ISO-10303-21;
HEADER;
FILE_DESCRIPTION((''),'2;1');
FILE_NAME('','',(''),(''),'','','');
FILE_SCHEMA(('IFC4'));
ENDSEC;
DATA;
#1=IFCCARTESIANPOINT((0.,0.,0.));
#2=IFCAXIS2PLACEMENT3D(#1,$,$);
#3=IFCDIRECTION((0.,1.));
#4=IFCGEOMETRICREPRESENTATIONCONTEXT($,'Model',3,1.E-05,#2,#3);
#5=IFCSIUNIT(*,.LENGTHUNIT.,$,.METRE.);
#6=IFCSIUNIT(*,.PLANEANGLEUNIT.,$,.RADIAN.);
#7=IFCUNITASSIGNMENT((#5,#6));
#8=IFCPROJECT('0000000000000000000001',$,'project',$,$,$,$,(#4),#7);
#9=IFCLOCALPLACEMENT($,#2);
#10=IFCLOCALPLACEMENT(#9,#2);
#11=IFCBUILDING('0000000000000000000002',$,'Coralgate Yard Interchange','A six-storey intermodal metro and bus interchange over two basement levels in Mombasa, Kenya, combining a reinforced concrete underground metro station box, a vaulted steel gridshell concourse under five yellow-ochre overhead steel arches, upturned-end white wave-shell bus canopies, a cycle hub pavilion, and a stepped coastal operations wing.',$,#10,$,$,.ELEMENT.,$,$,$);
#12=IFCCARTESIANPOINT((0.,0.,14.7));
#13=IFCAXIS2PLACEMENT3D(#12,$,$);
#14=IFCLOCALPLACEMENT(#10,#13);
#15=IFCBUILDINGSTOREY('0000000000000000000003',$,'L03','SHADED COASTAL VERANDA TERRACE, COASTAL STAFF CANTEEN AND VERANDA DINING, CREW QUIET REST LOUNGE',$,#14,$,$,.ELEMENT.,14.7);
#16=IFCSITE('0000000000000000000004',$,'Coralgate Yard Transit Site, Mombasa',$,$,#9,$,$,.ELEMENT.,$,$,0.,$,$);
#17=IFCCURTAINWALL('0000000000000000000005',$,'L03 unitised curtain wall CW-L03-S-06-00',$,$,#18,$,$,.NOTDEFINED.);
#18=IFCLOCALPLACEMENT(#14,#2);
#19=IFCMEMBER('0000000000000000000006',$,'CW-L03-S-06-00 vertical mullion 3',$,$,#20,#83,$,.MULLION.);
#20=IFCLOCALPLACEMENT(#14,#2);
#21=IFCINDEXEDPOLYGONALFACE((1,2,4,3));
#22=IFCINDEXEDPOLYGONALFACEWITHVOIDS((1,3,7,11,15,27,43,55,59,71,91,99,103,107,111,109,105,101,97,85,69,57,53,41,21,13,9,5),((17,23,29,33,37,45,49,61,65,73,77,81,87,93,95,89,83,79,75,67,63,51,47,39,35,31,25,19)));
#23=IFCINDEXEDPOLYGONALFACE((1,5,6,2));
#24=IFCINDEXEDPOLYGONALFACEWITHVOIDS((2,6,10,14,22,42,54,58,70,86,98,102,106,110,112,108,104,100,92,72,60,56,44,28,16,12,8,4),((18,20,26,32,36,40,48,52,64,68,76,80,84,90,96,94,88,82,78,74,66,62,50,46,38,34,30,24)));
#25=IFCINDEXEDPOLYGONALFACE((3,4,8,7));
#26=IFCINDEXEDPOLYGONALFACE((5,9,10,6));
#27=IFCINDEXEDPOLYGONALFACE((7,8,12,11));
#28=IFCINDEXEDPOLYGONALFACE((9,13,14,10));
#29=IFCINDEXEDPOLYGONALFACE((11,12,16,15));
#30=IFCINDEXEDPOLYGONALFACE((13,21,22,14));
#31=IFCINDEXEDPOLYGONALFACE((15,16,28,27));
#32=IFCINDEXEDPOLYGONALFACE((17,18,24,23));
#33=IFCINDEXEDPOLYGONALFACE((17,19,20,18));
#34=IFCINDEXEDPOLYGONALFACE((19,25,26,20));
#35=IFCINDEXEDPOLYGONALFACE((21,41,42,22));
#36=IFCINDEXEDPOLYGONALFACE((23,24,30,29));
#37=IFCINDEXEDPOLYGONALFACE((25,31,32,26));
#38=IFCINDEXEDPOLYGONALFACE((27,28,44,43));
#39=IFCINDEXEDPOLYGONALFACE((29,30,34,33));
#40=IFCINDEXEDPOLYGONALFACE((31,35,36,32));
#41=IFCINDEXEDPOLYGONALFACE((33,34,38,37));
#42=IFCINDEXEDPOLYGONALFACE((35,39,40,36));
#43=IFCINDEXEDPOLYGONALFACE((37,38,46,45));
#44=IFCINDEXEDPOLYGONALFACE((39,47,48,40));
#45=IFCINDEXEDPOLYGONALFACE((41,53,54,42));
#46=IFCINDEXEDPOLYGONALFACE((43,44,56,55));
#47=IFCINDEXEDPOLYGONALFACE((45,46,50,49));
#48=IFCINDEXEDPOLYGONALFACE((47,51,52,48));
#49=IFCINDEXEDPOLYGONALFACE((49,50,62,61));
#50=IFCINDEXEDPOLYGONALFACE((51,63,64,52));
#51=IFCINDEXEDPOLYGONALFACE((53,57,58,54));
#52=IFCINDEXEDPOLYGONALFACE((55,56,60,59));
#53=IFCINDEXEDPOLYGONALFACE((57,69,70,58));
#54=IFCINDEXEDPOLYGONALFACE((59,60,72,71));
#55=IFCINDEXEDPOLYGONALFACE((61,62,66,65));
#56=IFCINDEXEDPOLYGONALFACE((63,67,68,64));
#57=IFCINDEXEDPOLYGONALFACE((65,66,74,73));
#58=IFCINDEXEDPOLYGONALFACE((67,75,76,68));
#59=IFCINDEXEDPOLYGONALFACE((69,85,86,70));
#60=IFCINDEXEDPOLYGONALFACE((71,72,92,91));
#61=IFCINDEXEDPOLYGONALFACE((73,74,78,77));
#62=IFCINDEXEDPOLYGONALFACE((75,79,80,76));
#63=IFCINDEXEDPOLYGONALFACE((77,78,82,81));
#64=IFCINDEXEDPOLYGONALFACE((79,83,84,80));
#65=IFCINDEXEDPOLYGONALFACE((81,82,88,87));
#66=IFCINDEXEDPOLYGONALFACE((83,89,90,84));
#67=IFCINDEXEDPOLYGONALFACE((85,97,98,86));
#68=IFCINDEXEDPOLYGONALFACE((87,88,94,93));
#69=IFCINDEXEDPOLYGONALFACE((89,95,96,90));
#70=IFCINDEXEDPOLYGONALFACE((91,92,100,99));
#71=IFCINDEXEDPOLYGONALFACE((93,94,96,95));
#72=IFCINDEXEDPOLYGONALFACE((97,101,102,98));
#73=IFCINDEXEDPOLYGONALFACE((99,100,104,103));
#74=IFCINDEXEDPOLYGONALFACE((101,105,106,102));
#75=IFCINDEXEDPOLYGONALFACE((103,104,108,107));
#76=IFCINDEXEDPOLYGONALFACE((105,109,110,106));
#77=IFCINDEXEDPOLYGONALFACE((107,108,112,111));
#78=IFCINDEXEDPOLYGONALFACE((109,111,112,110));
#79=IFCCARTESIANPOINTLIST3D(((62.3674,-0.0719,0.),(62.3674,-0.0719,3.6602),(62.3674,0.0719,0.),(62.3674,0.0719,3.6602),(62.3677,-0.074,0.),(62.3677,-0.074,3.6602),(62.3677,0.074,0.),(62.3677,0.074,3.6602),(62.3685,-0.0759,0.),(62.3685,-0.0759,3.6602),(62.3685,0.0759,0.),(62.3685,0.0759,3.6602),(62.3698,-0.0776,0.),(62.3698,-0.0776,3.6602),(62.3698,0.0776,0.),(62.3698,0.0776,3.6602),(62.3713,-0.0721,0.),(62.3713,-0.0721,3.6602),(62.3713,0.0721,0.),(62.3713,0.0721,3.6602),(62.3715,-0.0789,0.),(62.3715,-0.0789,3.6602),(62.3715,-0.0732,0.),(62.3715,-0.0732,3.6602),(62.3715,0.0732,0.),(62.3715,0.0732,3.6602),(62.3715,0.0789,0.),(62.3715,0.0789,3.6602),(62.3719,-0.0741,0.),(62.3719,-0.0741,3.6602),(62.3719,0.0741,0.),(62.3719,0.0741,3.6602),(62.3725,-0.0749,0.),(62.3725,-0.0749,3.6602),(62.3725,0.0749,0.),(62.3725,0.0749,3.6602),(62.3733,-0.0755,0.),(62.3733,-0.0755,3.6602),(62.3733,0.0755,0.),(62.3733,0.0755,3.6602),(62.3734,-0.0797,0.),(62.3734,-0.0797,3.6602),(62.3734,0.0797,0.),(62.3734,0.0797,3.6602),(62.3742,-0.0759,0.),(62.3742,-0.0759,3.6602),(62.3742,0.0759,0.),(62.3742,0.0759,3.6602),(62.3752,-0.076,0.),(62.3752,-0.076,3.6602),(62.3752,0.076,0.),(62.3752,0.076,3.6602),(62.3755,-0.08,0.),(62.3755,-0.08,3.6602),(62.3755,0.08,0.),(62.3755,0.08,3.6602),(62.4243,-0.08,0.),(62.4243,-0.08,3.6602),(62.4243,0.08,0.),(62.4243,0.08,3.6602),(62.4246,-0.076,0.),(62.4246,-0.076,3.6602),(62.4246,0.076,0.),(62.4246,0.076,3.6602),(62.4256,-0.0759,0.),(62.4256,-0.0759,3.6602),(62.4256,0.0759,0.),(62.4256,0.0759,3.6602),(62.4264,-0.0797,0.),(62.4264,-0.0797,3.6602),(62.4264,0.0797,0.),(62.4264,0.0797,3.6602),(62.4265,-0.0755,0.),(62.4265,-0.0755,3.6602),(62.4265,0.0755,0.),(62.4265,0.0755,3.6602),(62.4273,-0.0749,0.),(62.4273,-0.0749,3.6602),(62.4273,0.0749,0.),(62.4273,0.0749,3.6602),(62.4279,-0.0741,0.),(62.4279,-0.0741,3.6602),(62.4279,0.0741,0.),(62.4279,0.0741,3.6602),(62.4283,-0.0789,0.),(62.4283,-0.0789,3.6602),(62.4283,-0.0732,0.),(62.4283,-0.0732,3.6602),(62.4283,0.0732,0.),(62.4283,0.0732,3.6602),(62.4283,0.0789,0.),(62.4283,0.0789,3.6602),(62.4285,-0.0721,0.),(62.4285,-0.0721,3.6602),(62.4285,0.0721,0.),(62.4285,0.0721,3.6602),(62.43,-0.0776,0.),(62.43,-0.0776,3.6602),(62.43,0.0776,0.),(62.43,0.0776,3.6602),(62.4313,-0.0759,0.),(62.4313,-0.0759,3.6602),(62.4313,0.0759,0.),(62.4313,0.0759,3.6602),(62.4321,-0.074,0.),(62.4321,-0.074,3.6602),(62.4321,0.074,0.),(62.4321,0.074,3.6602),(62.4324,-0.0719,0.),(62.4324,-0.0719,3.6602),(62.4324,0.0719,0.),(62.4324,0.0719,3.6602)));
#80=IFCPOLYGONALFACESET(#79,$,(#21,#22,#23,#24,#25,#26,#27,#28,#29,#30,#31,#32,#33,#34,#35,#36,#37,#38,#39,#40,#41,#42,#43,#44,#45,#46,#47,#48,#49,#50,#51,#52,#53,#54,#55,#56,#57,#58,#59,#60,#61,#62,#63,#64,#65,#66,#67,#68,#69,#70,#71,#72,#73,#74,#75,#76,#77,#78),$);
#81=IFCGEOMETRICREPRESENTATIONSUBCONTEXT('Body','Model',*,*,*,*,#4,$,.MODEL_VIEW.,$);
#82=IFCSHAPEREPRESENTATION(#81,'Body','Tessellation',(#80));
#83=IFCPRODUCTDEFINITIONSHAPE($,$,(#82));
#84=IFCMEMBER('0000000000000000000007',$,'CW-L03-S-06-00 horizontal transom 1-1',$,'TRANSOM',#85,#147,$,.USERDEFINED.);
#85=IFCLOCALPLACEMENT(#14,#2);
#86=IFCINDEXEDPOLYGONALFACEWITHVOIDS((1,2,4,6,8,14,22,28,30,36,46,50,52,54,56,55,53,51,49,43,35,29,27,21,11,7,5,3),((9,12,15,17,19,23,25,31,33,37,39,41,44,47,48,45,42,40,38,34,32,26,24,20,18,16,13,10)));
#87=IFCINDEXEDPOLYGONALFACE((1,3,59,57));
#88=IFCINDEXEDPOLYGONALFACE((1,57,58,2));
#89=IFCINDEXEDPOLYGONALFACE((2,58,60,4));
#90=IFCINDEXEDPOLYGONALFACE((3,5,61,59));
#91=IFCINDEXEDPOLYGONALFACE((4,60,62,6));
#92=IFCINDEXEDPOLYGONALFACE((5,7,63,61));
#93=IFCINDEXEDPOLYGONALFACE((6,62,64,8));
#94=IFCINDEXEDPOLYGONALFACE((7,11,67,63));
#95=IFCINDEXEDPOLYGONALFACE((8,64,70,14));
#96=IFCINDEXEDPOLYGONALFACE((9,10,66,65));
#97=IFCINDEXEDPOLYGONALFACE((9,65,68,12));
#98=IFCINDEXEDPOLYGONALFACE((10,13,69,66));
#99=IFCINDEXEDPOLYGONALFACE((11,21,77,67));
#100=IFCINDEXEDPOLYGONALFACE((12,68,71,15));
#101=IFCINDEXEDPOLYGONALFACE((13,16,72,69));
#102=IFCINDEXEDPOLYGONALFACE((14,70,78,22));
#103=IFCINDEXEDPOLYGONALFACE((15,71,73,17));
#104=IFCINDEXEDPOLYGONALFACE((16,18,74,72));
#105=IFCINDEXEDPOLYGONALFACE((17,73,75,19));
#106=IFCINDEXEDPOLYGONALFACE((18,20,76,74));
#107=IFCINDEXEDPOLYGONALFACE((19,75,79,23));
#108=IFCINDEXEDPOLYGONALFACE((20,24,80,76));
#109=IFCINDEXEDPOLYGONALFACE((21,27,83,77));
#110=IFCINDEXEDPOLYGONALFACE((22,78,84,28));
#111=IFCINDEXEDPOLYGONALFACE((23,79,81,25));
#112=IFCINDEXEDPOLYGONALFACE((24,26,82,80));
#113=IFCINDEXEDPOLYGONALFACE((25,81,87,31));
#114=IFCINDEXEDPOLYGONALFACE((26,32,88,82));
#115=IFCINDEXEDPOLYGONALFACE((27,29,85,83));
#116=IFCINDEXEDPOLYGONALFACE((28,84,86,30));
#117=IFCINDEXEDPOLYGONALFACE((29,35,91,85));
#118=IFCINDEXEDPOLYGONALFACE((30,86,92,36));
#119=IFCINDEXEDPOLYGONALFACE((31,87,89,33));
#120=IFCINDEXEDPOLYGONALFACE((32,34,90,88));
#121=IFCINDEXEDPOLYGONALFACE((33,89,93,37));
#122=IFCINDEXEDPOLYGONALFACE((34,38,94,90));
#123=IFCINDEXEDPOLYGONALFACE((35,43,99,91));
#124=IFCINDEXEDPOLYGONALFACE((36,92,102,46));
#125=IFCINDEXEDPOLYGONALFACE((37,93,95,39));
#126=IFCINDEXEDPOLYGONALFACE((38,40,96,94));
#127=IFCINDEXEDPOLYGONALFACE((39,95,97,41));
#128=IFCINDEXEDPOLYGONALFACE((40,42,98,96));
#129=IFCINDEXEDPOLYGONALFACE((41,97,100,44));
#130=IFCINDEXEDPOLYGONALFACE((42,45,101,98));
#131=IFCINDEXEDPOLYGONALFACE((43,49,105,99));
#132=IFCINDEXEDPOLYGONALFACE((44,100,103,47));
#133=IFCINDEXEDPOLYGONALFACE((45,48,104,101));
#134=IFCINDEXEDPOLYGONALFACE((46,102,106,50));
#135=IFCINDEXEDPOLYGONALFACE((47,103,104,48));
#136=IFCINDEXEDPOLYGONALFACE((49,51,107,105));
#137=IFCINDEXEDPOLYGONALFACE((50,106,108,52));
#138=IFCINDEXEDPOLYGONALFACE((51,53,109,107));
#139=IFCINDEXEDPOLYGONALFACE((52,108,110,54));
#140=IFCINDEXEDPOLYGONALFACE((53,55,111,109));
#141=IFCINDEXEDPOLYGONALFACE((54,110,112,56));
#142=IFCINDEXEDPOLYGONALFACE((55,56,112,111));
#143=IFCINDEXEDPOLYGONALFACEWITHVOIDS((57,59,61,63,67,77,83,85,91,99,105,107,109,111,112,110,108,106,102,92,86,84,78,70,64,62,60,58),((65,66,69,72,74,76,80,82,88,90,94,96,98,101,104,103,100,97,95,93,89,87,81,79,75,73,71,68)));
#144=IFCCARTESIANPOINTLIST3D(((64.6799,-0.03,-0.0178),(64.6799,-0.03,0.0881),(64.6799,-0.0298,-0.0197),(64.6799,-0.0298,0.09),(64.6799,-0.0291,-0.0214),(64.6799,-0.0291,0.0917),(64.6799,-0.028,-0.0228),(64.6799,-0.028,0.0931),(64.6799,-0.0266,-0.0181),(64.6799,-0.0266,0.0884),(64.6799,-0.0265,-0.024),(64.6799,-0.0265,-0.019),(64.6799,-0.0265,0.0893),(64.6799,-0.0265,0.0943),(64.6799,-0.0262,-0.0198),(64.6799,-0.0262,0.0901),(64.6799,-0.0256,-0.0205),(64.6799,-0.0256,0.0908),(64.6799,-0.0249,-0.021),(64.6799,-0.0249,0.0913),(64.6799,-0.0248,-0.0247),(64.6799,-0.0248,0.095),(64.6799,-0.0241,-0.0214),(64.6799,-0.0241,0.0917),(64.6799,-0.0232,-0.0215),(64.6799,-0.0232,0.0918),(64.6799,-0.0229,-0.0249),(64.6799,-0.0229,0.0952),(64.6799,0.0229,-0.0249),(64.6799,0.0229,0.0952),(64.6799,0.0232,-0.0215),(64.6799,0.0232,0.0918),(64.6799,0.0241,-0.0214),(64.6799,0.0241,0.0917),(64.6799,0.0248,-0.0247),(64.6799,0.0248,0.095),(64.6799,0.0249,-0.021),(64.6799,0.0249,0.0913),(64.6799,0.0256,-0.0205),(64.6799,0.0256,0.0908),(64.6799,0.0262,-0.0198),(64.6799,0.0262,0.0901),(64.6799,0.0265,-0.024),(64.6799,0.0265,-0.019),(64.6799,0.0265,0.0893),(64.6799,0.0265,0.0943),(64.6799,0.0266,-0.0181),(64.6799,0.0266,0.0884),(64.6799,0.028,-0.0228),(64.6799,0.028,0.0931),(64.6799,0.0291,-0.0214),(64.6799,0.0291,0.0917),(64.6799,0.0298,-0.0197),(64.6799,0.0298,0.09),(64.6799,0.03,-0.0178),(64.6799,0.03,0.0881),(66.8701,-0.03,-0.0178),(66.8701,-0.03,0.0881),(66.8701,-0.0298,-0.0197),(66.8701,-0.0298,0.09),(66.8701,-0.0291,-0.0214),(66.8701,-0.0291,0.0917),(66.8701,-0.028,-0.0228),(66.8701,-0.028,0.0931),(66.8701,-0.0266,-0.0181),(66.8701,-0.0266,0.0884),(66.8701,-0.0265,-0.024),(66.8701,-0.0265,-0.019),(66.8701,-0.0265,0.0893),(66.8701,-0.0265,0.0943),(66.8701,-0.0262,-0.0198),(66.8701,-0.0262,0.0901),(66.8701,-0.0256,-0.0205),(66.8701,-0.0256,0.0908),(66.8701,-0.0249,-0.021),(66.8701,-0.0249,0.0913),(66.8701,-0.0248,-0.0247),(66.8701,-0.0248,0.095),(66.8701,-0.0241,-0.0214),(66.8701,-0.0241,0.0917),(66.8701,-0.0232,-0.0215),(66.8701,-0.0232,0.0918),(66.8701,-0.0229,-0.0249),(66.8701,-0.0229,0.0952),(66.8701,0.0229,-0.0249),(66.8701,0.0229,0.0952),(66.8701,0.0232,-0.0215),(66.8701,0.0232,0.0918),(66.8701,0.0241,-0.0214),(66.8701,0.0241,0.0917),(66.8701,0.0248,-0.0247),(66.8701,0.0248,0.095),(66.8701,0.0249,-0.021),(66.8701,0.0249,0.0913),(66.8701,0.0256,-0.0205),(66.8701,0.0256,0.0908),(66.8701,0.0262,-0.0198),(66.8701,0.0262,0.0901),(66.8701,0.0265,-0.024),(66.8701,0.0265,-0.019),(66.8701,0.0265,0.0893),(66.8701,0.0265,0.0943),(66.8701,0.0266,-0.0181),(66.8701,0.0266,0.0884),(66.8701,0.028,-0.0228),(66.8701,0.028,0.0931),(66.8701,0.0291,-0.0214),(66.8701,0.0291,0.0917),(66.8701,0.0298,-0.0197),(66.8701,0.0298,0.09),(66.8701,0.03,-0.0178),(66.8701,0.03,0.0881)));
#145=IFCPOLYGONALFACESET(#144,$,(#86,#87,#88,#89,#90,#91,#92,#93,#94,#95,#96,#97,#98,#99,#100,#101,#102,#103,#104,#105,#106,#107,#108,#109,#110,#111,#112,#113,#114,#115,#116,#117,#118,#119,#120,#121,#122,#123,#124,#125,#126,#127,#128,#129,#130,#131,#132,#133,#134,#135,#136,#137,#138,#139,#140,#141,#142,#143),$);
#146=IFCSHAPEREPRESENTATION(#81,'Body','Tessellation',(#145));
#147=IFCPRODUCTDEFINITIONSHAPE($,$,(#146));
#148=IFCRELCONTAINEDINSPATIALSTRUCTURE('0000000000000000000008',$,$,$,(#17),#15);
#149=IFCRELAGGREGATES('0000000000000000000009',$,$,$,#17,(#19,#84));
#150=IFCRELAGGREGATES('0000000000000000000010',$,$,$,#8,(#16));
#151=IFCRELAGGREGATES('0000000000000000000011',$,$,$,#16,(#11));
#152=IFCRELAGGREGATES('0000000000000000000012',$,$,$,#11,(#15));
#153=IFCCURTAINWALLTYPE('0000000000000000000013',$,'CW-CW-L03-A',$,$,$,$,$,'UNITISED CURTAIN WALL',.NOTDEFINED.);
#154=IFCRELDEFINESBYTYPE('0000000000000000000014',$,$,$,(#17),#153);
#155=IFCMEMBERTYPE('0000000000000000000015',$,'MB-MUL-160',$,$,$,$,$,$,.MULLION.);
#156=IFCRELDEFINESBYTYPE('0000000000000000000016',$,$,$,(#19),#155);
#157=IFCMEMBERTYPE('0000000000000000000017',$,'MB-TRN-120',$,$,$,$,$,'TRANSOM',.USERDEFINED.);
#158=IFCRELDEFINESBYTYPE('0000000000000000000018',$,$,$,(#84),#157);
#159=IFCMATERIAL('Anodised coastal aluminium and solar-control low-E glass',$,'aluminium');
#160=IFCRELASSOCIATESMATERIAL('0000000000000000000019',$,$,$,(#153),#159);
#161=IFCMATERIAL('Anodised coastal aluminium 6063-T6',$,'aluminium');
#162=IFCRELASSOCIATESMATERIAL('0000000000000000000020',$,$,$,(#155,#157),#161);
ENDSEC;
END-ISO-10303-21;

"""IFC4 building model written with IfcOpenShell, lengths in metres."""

from ifc_helpers import new_model, si_unit, direction, frame, origin, origin_2d, place, context, subcontext, project, spatial, hollow_rectangle, extrude, material, material_profile, profile_set, type_object, element, aggregate, save


model = new_model("IFC4")

# Units and contexts
model_context = context("Model", 3, precision=1e-05, world=origin(), true_north=direction((0.0, 1.0)))
body_context = subcontext(model_context, "Body", "Model", "MODEL_VIEW")
ifc_project = project(units=[si_unit("LENGTHUNIT", "METRE"), si_unit("PLANEANGLEUNIT", "RADIAN")], contexts=[model_context])

# Site, building, storey
site_placement = place(None, origin())
site = spatial("IfcSite", under=ifc_project, at=site_placement, Name="Coralgate Yard Transit Site, Mombasa", CompositionType="ELEMENT", RefElevation=0.0)
building_placement = place(site_placement, origin())
building = spatial("IfcBuilding", under=site, at=building_placement, Name="Coralgate Yard Interchange", Description="A six-storey intermodal metro and bus interchange over two basement levels in Mombasa, Kenya, combining a reinforced concrete underground metro station box, a vaulted steel gridshell concourse under five yellow-ochre overhead steel arches, upturned-end white wave-shell bus canopies, a cycle hub pavilion, and a stepped coastal operations wing.", CompositionType="ELEMENT")
storey_placement = place(building_placement, frame((0.0, 0.0, 14.7)))
storey = spatial("IfcBuildingStorey", under=building, at=storey_placement, Name="L03", Description="SHADED COASTAL VERANDA TERRACE, COASTAL STAFF CANTEEN AND VERANDA DINING, CREW QUIET REST LOUNGE", CompositionType="ELEMENT", Elevation=14.7)

# Curtain wall, members
ifc_material_1 = material(Name="Anodised coastal aluminium and solar-control low-E glass", Category="aluminium")
curtain_wall_type = type_object("IfcCurtainWallType", Name="CW-CW-L03-A", ElementType="UNITISED CURTAIN WALL", PredefinedType="NOTDEFINED", material=ifc_material_1)
curtain_wall_placement = place(storey_placement, origin())
curtain_wall = element("IfcCurtainWall", 1, at=curtain_wall_placement, inside=storey, type_object=curtain_wall_type, Name="L03 unitised curtain wall CW-L03-S-06-00", PredefinedType="NOTDEFINED")
ifc_material_2 = material(Name="Anodised coastal aluminium 6063-T6", Category="aluminium")
ifc_material_profile_1 = material_profile(ifc_material_2, hollow_rectangle(XDim=0.0649, YDim=0.1599, WallThickness=0.0039, InnerFilletRadius=0.0039, OuterFilletRadius=0.0081, at=origin_2d()), Name="ALU 65x160x4")
ifc_profile_set_1 = profile_set([ifc_material_profile_1], Name="Anodised coastal aluminium 6063-T6")
member_type_1 = type_object("IfcMemberType", Name="MB-MUL-160", PredefinedType="MULLION", material=ifc_profile_set_1)
member_1_placement = place(storey_placement, frame((62.3999, 0.0, 0.0), z_axis=(0.0, 0.0, 1.0), x_axis=(1.0, 0.0, 0.0)))
member_1 = element("IfcMember", 2, at=member_1_placement, type_object=member_type_1, Name="CW-L03-S-06-00 vertical mullion 3", PredefinedType="MULLION", context=body_context, shape_type="SweptSolid", body=[
    extrude(hollow_rectangle(XDim=0.0649, YDim=0.1599, WallThickness=0.0039, InnerFilletRadius=0.0039, OuterFilletRadius=0.0081, at=origin_2d()), origin(), (0.0, 0.0, 1.0), 3.6602),
])
ifc_material_profile_2 = material_profile(ifc_material_2, hollow_rectangle(XDim=0.0601, YDim=0.1201, WallThickness=0.0034, InnerFilletRadius=0.0034, OuterFilletRadius=0.0071, at=origin_2d()), Name="ALU 60x120x3.5")
ifc_profile_set_2 = profile_set([ifc_material_profile_2], Name="Anodised coastal aluminium 6063-T6")
member_type_2 = type_object("IfcMemberType", Name="MB-TRN-120", ElementType="TRANSOM", PredefinedType="USERDEFINED", material=ifc_profile_set_2)
member_2_placement = place(storey_placement, frame((66.8701, 0.0, 0.0352), z_axis=(-1.0, 0.0, 0.0), x_axis=(0.0, -1.0, 0.0)))
member_2 = element("IfcMember", 3, at=member_2_placement, type_object=member_type_2, Name="CW-L03-S-06-00 horizontal transom 1-1", ObjectType="TRANSOM", PredefinedType="USERDEFINED", context=body_context, shape_type="SweptSolid", body=[
    extrude(hollow_rectangle(XDim=0.0601, YDim=0.1201, WallThickness=0.0034, InnerFilletRadius=0.0034, OuterFilletRadius=0.0071, at=origin_2d()), origin(), (0.0, 0.0, 1.0), 2.1902),
])
aggregate(curtain_wall, [member_1, member_2])

save(model, "model.ifc")
